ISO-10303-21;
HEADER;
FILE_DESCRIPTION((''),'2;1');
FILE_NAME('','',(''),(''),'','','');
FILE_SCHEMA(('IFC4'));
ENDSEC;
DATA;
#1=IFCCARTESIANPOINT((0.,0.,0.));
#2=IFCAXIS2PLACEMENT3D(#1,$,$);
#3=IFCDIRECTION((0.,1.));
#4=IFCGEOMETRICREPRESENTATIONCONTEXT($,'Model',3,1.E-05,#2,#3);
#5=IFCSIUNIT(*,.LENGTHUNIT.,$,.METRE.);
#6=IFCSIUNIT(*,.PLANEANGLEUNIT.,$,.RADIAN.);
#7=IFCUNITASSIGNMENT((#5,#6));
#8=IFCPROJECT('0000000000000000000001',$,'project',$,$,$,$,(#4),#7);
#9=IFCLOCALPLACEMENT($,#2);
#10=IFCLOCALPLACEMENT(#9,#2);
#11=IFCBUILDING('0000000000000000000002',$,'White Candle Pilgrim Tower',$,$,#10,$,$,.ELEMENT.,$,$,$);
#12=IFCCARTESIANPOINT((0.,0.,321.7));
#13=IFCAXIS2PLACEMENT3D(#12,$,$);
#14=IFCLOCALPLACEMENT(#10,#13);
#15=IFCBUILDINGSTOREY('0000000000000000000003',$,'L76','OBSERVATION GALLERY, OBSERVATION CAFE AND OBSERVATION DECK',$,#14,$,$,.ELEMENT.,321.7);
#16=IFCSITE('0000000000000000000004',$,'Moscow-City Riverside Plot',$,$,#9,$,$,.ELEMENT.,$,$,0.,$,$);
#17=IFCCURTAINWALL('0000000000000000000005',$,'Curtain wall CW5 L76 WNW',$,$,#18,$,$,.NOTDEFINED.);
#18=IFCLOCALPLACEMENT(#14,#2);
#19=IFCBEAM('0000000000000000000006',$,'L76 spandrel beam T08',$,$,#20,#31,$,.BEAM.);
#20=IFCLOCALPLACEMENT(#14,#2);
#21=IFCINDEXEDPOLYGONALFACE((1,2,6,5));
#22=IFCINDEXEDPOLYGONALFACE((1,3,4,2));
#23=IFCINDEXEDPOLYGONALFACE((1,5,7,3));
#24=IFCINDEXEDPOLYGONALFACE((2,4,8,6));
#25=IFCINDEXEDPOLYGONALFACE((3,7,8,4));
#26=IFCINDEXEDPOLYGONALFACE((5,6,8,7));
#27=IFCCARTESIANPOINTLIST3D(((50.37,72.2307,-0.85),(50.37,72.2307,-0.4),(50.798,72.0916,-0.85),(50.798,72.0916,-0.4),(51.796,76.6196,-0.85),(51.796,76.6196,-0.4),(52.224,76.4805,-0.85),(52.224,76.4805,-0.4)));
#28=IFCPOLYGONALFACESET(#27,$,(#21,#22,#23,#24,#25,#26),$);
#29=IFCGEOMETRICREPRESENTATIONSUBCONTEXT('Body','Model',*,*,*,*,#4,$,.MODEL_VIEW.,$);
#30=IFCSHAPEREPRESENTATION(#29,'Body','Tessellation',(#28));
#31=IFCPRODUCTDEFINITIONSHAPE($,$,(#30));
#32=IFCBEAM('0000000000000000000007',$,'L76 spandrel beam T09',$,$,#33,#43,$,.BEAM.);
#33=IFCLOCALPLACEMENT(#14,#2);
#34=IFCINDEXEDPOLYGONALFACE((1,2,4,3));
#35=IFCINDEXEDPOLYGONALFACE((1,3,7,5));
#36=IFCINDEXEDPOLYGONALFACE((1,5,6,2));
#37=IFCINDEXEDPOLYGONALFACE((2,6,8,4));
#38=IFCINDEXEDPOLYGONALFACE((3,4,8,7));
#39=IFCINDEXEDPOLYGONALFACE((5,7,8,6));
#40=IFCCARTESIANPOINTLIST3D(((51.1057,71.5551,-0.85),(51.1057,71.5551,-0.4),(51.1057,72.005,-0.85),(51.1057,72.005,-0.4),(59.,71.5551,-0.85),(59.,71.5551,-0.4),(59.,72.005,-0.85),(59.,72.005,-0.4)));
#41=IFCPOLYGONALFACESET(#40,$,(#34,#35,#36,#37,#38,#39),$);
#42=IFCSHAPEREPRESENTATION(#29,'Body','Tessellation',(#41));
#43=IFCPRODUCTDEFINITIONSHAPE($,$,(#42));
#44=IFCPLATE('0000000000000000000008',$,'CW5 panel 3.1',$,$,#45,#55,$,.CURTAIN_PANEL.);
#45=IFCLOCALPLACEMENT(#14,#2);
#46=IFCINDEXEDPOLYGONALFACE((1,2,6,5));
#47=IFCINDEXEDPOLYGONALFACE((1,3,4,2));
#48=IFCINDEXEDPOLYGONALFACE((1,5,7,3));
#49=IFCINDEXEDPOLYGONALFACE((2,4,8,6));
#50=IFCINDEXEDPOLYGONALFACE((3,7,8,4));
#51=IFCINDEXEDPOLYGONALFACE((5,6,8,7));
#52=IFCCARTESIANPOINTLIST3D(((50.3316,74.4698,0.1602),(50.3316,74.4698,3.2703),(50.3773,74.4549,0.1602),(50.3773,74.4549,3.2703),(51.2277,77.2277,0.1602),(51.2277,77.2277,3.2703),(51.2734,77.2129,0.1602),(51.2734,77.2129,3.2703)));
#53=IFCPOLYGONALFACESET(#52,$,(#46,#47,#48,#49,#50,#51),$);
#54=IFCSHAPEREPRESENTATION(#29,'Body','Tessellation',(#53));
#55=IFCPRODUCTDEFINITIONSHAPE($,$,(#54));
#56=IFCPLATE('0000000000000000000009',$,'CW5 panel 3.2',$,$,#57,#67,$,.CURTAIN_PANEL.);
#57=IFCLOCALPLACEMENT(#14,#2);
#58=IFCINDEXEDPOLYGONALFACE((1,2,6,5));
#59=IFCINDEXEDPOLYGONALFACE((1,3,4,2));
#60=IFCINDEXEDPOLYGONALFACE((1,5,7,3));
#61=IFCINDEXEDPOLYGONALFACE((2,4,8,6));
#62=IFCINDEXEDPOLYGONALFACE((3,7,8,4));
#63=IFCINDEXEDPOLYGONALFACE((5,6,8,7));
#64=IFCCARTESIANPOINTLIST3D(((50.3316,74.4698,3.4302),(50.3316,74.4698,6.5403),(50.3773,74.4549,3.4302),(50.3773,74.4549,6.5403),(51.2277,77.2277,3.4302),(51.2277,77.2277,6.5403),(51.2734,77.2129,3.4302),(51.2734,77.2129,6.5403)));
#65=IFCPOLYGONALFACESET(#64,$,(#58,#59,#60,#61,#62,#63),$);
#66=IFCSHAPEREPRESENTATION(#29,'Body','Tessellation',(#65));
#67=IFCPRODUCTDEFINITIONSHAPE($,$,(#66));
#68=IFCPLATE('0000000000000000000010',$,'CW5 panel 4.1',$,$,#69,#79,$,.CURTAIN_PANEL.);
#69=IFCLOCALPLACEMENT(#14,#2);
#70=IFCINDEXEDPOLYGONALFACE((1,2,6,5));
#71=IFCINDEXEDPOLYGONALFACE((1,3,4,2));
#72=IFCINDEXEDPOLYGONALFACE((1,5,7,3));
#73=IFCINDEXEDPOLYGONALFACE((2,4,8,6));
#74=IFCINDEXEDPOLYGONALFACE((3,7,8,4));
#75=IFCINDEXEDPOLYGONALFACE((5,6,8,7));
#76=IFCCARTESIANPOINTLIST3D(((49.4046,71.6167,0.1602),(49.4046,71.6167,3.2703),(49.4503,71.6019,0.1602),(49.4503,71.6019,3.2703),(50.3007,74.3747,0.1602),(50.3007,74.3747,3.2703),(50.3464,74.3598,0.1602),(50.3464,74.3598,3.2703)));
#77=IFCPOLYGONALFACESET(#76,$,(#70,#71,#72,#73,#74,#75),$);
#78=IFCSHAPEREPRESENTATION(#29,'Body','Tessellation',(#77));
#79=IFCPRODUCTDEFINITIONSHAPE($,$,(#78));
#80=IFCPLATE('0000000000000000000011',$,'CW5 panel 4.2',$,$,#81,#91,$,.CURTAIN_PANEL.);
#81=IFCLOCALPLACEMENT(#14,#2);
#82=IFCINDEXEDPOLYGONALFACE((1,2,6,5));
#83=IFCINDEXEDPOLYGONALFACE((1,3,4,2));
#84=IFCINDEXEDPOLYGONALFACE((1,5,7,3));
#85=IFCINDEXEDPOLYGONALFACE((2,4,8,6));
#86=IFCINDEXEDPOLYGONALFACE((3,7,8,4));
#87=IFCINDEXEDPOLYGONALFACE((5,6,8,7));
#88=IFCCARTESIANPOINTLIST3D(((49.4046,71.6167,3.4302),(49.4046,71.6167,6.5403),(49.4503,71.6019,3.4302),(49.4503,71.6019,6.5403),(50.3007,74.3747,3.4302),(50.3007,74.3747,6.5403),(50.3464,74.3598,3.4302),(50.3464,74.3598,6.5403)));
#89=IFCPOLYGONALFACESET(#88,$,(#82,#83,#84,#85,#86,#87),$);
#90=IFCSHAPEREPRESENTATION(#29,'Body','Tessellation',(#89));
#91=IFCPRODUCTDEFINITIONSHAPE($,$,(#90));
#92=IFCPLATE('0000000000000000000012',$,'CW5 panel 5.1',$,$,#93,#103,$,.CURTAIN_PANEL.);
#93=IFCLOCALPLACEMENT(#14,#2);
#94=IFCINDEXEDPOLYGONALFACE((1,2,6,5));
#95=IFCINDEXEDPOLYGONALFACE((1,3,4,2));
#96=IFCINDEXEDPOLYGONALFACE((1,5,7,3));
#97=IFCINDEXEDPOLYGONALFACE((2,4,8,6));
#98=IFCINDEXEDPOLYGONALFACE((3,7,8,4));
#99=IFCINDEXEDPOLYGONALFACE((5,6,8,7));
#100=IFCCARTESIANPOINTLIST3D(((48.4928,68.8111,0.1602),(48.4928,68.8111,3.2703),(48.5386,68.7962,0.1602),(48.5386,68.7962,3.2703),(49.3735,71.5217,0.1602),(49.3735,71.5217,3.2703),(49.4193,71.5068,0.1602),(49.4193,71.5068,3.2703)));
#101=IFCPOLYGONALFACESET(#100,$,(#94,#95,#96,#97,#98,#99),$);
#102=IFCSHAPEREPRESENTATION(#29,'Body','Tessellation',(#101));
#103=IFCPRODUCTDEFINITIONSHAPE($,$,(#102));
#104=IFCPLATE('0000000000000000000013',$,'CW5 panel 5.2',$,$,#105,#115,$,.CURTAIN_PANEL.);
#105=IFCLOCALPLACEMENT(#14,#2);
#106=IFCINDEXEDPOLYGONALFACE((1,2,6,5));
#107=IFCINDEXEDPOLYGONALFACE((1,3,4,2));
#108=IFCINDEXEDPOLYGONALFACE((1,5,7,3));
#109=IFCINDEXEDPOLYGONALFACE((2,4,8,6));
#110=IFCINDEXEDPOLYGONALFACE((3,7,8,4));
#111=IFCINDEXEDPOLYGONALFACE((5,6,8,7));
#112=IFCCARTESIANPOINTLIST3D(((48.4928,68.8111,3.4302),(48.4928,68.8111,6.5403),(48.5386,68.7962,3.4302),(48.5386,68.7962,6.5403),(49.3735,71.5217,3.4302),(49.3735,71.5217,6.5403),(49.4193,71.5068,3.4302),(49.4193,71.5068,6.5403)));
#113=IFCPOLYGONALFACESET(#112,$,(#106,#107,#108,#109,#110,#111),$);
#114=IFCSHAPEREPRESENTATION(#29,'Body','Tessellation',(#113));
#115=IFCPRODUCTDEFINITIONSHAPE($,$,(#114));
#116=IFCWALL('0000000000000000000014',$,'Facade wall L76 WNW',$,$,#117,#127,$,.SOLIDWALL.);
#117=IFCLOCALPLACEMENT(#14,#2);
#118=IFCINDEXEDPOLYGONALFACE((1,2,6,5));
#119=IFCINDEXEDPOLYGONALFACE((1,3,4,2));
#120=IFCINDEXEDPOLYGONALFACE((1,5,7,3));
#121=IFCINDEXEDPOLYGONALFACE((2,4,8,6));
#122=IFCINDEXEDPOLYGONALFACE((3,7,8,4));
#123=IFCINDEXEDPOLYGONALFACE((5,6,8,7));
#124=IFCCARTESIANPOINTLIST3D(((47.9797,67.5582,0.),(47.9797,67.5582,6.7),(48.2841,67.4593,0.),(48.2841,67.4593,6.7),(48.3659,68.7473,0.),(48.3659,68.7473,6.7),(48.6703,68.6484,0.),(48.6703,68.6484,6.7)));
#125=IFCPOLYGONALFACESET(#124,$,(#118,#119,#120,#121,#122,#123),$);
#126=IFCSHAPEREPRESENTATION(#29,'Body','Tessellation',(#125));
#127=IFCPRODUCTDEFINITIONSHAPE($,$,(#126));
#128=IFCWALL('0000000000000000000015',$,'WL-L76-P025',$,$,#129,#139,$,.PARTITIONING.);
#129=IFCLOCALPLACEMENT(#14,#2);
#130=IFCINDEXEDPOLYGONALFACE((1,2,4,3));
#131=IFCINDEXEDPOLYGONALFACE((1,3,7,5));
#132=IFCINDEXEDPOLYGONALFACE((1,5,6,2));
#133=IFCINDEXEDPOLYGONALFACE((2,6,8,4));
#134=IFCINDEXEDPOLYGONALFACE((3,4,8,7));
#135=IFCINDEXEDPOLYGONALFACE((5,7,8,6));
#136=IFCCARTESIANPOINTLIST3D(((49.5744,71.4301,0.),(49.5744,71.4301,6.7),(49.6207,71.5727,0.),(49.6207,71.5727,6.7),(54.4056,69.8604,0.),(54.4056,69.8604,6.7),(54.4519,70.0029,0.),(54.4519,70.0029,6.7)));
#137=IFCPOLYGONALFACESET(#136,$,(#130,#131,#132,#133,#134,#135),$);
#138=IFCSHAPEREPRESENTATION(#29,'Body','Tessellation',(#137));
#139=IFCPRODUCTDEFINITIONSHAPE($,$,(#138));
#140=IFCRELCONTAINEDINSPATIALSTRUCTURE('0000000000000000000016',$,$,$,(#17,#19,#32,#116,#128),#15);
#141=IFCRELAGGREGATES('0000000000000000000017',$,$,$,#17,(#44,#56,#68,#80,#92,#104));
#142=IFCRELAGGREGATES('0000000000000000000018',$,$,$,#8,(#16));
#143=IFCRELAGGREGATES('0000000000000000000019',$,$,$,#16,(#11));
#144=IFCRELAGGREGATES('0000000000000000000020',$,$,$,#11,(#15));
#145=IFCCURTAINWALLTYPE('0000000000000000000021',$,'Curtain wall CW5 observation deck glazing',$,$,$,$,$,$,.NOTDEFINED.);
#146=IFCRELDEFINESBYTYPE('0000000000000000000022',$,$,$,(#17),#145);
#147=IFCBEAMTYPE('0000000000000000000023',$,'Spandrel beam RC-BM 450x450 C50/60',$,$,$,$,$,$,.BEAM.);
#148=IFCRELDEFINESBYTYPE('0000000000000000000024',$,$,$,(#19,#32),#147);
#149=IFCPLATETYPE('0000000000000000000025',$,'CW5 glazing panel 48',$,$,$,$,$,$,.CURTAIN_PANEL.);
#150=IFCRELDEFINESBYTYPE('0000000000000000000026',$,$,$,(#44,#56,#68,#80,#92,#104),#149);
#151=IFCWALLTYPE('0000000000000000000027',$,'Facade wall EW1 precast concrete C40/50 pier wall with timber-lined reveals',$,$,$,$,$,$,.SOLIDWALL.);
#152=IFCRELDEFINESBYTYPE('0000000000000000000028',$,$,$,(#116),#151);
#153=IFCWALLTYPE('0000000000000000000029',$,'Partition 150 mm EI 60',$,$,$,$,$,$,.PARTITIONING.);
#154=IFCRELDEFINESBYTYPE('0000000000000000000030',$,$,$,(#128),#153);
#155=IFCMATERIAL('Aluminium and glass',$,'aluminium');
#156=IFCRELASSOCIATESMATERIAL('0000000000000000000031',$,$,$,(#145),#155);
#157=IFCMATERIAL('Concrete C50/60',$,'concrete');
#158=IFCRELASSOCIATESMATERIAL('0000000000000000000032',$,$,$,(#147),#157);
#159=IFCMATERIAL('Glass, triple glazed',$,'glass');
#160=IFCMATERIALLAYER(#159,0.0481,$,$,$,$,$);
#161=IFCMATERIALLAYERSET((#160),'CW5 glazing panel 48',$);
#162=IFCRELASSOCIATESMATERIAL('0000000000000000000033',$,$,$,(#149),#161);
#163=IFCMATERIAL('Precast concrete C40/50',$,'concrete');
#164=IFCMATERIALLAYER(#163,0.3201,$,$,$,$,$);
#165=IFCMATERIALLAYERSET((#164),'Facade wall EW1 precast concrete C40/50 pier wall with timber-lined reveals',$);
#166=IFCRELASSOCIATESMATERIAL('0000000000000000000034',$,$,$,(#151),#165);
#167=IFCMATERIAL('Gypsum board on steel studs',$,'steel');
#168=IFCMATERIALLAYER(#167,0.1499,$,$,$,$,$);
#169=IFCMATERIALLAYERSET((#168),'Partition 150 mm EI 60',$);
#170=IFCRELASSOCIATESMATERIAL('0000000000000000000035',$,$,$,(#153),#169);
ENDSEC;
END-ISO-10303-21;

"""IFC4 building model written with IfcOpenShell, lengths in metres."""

from ifc_helpers import new_model, si_unit, direction, frame, frame_2d, origin, origin_2d, place, context, subcontext, project, spatial, rectangle, extrude, material, layer, layer_set, material_profile, profile_set, type_object, element, aggregate, save


model = new_model("IFC4")

# Units and contexts
model_context = context("Model", 3, precision=1e-05, world=origin(), true_north=direction((0.0, 1.0)))
body_context = subcontext(model_context, "Body", "Model", "MODEL_VIEW")
ifc_project = project(units=[si_unit("LENGTHUNIT", "METRE"), si_unit("PLANEANGLEUNIT", "RADIAN")], contexts=[model_context])

# Site, building, storey
site_placement = place(None, origin())
site = spatial("IfcSite", under=ifc_project, at=site_placement, Name="Moscow-City Riverside Plot", CompositionType="ELEMENT", RefElevation=0.0)
building_placement = place(site_placement, origin())
building = spatial("IfcBuilding", under=site, at=building_placement, Name="White Candle Pilgrim Tower", CompositionType="ELEMENT")
storey_placement = place(building_placement, frame((0.0, 0.0, 321.7)))
storey = spatial("IfcBuildingStorey", under=building, at=storey_placement, Name="L76", Description="OBSERVATION GALLERY, OBSERVATION CAFE AND OBSERVATION DECK", CompositionType="ELEMENT", Elevation=321.7)

# Curtain wall
ifc_material_1 = material(Name="Aluminium and glass", Category="aluminium")
curtain_wall_type = type_object("IfcCurtainWallType", Name="Curtain wall CW5 observation deck glazing", PredefinedType="NOTDEFINED", material=ifc_material_1)
curtain_wall_placement = place(storey_placement, origin())
curtain_wall = element("IfcCurtainWall", 1, at=curtain_wall_placement, inside=storey, type_object=curtain_wall_type, Name="Curtain wall CW5 L76 WNW", PredefinedType="NOTDEFINED")

# Beams
ifc_material_2 = material(Name="Concrete C50/60", Category="concrete")
ifc_material_profile_1 = material_profile(ifc_material_2, rectangle(XDim=0.45, YDim=0.45, at=origin_2d()), Name="RC-BM 450x450")
ifc_profile_set_1 = profile_set([ifc_material_profile_1], Name="Concrete C50/60")
beam_type = type_object("IfcBeamType", Name="Spandrel beam RC-BM 450x450 C50/60", PredefinedType="BEAM", material=ifc_profile_set_1)
beam_1_placement = place(storey_placement, frame((52.01, 76.55, -0.625), z_axis=(-0.309013, -0.951058, 0.0), x_axis=(0.951058, -0.309013, 0.0)))
element("IfcBeam", 2, at=beam_1_placement, inside=storey, type_object=beam_type, Name="L76 spandrel beam T08", PredefinedType="BEAM", context=body_context, shape_type="SweptSolid", body=[
    extrude(rectangle(XDim=0.45, YDim=0.45, at=origin_2d()), origin(), (0.0, 0.0, 1.0), 4.6147),
])
beam_2_placement = place(storey_placement, frame((51.1057, 71.78, -0.625), z_axis=(1.0, 0.0, 0.0), x_axis=(0.0, 1.0, 0.0)))
element("IfcBeam", 3, at=beam_2_placement, inside=storey, type_object=beam_type, Name="L76 spandrel beam T09", PredefinedType="BEAM", context=body_context, shape_type="SweptSolid", body=[
    extrude(rectangle(XDim=0.45, YDim=0.45, at=origin_2d()), origin(), (0.0, 0.0, 1.0), 7.8943),
])

# Plates
ifc_material_3 = material(Name="Glass, triple glazed", Category="glass")
ifc_layer_1 = layer(ifc_material_3, 0.0481)
ifc_layer_set_1 = layer_set([ifc_layer_1], Name="CW5 glazing panel 48")
plate_type = type_object("IfcPlateType", Name="CW5 glazing panel 48", PredefinedType="CURTAIN_PANEL", material=ifc_layer_set_1)
plate_1_placement = place(storey_placement, frame((50.8025, 75.8413, 0.1602), z_axis=(0.0, 0.0, 1.0), x_axis=(-0.309017, -0.951057, 0.0)))
plate_1 = element("IfcPlate", 4, at=plate_1_placement, type_object=plate_type, Name="CW5 panel 3.1", PredefinedType="CURTAIN_PANEL", context=body_context, shape_type="SweptSolid", body=[
    extrude(rectangle(XDim=2.8999, YDim=0.0481, at=origin_2d()), origin(), (0.0, 0.0, 1.0), 3.1101),
])
plate_2_placement = place(storey_placement, frame((50.8025, 75.8413, 3.4302), z_axis=(0.0, 0.0, 1.0), x_axis=(-0.309017, -0.951057, 0.0)))
plate_2 = element("IfcPlate", 5, at=plate_2_placement, type_object=plate_type, Name="CW5 panel 3.2", PredefinedType="CURTAIN_PANEL", context=body_context, shape_type="SweptSolid", body=[
    extrude(rectangle(XDim=2.8999, YDim=0.0481, at=origin_2d()), origin(), (0.0, 0.0, 1.0), 3.1101),
])
plate_3_placement = place(storey_placement, frame((49.8755, 72.9883, 0.1602), z_axis=(0.0, 0.0, 1.0), x_axis=(-0.309017, -0.951057, 0.0)))
plate_3 = element("IfcPlate", 6, at=plate_3_placement, type_object=plate_type, Name="CW5 panel 4.1", PredefinedType="CURTAIN_PANEL", context=body_context, shape_type="SweptSolid", body=[
    extrude(rectangle(XDim=2.8999, YDim=0.0481, at=origin_2d()), origin(), (0.0, 0.0, 1.0), 3.1101),
])
plate_4_placement = place(storey_placement, frame((49.8755, 72.9883, 3.4302), z_axis=(0.0, 0.0, 1.0), x_axis=(-0.309017, -0.951057, 0.0)))
plate_4 = element("IfcPlate", 7, at=plate_4_placement, type_object=plate_type, Name="CW5 panel 4.2", PredefinedType="CURTAIN_PANEL", context=body_context, shape_type="SweptSolid", body=[
    extrude(rectangle(XDim=2.8999, YDim=0.0481, at=origin_2d()), origin(), (0.0, 0.0, 1.0), 3.1101),
])
plate_5_placement = place(storey_placement, frame((48.9561, 70.1589, 0.1602), z_axis=(0.0, 0.0, 1.0), x_axis=(-0.309017, -0.951057, 0.0)))
plate_5 = element("IfcPlate", 8, at=plate_5_placement, type_object=plate_type, Name="CW5 panel 5.1", PredefinedType="CURTAIN_PANEL", context=body_context, shape_type="SweptSolid", body=[
    extrude(rectangle(XDim=2.8501, YDim=0.0481, at=origin_2d()), origin(), (0.0, 0.0, 1.0), 3.1101),
])
plate_6_placement = place(storey_placement, frame((48.9561, 70.1589, 3.4302), z_axis=(0.0, 0.0, 1.0), x_axis=(-0.309017, -0.951057, 0.0)))
plate_6 = element("IfcPlate", 9, at=plate_6_placement, type_object=plate_type, Name="CW5 panel 5.2", PredefinedType="CURTAIN_PANEL", context=body_context, shape_type="SweptSolid", body=[
    extrude(rectangle(XDim=2.8501, YDim=0.0481, at=origin_2d()), origin(), (0.0, 0.0, 1.0), 3.1101),
])
aggregate(curtain_wall, [plate_1, plate_2, plate_3, plate_4, plate_5, plate_6])

# Walls
ifc_material_4 = material(Name="Precast concrete C40/50", Category="concrete")
ifc_layer_2 = layer(ifc_material_4, 0.3201)
ifc_layer_set_2 = layer_set([ifc_layer_2], Name="Facade wall EW1 precast concrete C40/50 pier wall with timber-lined reveals")
wall_type_1 = type_object("IfcWallType", Name="Facade wall EW1 precast concrete C40/50 pier wall with timber-lined reveals", PredefinedType="SOLIDWALL", material=ifc_layer_set_2)
wall_1_placement = place(storey_placement, frame((48.5181, 68.6978, 0.0), z_axis=(0.0, 0.0, 1.0), x_axis=(-0.308896, -0.951096, 0.0)))
element("IfcWall", 10, at=wall_1_placement, inside=storey, type_object=wall_type_1, Name="Facade wall L76 WNW", PredefinedType="SOLIDWALL", context=body_context, shape_type="SweptSolid", body=[
    extrude(rectangle(XDim=1.2502, YDim=0.3201, at=frame_2d((0.625, 0.0))), origin(), (0.0, 0.0, 1.0), 6.7),
])
ifc_material_5 = material(Name="Gypsum board on steel studs", Category="steel")
ifc_layer_3 = layer(ifc_material_5, 0.1499)
ifc_layer_set_3 = layer_set([ifc_layer_3], Name="Partition 150 mm EI 60")
wall_type_2 = type_object("IfcWallType", Name="Partition 150 mm EI 60", PredefinedType="PARTITIONING", material=ifc_layer_set_3)
wall_2_placement = place(storey_placement, frame((49.5974, 71.5015, 0.0), z_axis=(0.0, 0.0, 1.0), x_axis=(0.951054, -0.309024, 0.0)))
element("IfcWall", 11, at=wall_2_placement, inside=storey, type_object=wall_type_2, Name="WL-L76-P025", PredefinedType="PARTITIONING", context=body_context, shape_type="SweptSolid", body=[
    extrude(rectangle(XDim=5.0798, YDim=0.1499, at=frame_2d((2.54, 0.0))), origin(), (0.0, 0.0, 1.0), 6.7),
])

save(model, "model.ifc")
